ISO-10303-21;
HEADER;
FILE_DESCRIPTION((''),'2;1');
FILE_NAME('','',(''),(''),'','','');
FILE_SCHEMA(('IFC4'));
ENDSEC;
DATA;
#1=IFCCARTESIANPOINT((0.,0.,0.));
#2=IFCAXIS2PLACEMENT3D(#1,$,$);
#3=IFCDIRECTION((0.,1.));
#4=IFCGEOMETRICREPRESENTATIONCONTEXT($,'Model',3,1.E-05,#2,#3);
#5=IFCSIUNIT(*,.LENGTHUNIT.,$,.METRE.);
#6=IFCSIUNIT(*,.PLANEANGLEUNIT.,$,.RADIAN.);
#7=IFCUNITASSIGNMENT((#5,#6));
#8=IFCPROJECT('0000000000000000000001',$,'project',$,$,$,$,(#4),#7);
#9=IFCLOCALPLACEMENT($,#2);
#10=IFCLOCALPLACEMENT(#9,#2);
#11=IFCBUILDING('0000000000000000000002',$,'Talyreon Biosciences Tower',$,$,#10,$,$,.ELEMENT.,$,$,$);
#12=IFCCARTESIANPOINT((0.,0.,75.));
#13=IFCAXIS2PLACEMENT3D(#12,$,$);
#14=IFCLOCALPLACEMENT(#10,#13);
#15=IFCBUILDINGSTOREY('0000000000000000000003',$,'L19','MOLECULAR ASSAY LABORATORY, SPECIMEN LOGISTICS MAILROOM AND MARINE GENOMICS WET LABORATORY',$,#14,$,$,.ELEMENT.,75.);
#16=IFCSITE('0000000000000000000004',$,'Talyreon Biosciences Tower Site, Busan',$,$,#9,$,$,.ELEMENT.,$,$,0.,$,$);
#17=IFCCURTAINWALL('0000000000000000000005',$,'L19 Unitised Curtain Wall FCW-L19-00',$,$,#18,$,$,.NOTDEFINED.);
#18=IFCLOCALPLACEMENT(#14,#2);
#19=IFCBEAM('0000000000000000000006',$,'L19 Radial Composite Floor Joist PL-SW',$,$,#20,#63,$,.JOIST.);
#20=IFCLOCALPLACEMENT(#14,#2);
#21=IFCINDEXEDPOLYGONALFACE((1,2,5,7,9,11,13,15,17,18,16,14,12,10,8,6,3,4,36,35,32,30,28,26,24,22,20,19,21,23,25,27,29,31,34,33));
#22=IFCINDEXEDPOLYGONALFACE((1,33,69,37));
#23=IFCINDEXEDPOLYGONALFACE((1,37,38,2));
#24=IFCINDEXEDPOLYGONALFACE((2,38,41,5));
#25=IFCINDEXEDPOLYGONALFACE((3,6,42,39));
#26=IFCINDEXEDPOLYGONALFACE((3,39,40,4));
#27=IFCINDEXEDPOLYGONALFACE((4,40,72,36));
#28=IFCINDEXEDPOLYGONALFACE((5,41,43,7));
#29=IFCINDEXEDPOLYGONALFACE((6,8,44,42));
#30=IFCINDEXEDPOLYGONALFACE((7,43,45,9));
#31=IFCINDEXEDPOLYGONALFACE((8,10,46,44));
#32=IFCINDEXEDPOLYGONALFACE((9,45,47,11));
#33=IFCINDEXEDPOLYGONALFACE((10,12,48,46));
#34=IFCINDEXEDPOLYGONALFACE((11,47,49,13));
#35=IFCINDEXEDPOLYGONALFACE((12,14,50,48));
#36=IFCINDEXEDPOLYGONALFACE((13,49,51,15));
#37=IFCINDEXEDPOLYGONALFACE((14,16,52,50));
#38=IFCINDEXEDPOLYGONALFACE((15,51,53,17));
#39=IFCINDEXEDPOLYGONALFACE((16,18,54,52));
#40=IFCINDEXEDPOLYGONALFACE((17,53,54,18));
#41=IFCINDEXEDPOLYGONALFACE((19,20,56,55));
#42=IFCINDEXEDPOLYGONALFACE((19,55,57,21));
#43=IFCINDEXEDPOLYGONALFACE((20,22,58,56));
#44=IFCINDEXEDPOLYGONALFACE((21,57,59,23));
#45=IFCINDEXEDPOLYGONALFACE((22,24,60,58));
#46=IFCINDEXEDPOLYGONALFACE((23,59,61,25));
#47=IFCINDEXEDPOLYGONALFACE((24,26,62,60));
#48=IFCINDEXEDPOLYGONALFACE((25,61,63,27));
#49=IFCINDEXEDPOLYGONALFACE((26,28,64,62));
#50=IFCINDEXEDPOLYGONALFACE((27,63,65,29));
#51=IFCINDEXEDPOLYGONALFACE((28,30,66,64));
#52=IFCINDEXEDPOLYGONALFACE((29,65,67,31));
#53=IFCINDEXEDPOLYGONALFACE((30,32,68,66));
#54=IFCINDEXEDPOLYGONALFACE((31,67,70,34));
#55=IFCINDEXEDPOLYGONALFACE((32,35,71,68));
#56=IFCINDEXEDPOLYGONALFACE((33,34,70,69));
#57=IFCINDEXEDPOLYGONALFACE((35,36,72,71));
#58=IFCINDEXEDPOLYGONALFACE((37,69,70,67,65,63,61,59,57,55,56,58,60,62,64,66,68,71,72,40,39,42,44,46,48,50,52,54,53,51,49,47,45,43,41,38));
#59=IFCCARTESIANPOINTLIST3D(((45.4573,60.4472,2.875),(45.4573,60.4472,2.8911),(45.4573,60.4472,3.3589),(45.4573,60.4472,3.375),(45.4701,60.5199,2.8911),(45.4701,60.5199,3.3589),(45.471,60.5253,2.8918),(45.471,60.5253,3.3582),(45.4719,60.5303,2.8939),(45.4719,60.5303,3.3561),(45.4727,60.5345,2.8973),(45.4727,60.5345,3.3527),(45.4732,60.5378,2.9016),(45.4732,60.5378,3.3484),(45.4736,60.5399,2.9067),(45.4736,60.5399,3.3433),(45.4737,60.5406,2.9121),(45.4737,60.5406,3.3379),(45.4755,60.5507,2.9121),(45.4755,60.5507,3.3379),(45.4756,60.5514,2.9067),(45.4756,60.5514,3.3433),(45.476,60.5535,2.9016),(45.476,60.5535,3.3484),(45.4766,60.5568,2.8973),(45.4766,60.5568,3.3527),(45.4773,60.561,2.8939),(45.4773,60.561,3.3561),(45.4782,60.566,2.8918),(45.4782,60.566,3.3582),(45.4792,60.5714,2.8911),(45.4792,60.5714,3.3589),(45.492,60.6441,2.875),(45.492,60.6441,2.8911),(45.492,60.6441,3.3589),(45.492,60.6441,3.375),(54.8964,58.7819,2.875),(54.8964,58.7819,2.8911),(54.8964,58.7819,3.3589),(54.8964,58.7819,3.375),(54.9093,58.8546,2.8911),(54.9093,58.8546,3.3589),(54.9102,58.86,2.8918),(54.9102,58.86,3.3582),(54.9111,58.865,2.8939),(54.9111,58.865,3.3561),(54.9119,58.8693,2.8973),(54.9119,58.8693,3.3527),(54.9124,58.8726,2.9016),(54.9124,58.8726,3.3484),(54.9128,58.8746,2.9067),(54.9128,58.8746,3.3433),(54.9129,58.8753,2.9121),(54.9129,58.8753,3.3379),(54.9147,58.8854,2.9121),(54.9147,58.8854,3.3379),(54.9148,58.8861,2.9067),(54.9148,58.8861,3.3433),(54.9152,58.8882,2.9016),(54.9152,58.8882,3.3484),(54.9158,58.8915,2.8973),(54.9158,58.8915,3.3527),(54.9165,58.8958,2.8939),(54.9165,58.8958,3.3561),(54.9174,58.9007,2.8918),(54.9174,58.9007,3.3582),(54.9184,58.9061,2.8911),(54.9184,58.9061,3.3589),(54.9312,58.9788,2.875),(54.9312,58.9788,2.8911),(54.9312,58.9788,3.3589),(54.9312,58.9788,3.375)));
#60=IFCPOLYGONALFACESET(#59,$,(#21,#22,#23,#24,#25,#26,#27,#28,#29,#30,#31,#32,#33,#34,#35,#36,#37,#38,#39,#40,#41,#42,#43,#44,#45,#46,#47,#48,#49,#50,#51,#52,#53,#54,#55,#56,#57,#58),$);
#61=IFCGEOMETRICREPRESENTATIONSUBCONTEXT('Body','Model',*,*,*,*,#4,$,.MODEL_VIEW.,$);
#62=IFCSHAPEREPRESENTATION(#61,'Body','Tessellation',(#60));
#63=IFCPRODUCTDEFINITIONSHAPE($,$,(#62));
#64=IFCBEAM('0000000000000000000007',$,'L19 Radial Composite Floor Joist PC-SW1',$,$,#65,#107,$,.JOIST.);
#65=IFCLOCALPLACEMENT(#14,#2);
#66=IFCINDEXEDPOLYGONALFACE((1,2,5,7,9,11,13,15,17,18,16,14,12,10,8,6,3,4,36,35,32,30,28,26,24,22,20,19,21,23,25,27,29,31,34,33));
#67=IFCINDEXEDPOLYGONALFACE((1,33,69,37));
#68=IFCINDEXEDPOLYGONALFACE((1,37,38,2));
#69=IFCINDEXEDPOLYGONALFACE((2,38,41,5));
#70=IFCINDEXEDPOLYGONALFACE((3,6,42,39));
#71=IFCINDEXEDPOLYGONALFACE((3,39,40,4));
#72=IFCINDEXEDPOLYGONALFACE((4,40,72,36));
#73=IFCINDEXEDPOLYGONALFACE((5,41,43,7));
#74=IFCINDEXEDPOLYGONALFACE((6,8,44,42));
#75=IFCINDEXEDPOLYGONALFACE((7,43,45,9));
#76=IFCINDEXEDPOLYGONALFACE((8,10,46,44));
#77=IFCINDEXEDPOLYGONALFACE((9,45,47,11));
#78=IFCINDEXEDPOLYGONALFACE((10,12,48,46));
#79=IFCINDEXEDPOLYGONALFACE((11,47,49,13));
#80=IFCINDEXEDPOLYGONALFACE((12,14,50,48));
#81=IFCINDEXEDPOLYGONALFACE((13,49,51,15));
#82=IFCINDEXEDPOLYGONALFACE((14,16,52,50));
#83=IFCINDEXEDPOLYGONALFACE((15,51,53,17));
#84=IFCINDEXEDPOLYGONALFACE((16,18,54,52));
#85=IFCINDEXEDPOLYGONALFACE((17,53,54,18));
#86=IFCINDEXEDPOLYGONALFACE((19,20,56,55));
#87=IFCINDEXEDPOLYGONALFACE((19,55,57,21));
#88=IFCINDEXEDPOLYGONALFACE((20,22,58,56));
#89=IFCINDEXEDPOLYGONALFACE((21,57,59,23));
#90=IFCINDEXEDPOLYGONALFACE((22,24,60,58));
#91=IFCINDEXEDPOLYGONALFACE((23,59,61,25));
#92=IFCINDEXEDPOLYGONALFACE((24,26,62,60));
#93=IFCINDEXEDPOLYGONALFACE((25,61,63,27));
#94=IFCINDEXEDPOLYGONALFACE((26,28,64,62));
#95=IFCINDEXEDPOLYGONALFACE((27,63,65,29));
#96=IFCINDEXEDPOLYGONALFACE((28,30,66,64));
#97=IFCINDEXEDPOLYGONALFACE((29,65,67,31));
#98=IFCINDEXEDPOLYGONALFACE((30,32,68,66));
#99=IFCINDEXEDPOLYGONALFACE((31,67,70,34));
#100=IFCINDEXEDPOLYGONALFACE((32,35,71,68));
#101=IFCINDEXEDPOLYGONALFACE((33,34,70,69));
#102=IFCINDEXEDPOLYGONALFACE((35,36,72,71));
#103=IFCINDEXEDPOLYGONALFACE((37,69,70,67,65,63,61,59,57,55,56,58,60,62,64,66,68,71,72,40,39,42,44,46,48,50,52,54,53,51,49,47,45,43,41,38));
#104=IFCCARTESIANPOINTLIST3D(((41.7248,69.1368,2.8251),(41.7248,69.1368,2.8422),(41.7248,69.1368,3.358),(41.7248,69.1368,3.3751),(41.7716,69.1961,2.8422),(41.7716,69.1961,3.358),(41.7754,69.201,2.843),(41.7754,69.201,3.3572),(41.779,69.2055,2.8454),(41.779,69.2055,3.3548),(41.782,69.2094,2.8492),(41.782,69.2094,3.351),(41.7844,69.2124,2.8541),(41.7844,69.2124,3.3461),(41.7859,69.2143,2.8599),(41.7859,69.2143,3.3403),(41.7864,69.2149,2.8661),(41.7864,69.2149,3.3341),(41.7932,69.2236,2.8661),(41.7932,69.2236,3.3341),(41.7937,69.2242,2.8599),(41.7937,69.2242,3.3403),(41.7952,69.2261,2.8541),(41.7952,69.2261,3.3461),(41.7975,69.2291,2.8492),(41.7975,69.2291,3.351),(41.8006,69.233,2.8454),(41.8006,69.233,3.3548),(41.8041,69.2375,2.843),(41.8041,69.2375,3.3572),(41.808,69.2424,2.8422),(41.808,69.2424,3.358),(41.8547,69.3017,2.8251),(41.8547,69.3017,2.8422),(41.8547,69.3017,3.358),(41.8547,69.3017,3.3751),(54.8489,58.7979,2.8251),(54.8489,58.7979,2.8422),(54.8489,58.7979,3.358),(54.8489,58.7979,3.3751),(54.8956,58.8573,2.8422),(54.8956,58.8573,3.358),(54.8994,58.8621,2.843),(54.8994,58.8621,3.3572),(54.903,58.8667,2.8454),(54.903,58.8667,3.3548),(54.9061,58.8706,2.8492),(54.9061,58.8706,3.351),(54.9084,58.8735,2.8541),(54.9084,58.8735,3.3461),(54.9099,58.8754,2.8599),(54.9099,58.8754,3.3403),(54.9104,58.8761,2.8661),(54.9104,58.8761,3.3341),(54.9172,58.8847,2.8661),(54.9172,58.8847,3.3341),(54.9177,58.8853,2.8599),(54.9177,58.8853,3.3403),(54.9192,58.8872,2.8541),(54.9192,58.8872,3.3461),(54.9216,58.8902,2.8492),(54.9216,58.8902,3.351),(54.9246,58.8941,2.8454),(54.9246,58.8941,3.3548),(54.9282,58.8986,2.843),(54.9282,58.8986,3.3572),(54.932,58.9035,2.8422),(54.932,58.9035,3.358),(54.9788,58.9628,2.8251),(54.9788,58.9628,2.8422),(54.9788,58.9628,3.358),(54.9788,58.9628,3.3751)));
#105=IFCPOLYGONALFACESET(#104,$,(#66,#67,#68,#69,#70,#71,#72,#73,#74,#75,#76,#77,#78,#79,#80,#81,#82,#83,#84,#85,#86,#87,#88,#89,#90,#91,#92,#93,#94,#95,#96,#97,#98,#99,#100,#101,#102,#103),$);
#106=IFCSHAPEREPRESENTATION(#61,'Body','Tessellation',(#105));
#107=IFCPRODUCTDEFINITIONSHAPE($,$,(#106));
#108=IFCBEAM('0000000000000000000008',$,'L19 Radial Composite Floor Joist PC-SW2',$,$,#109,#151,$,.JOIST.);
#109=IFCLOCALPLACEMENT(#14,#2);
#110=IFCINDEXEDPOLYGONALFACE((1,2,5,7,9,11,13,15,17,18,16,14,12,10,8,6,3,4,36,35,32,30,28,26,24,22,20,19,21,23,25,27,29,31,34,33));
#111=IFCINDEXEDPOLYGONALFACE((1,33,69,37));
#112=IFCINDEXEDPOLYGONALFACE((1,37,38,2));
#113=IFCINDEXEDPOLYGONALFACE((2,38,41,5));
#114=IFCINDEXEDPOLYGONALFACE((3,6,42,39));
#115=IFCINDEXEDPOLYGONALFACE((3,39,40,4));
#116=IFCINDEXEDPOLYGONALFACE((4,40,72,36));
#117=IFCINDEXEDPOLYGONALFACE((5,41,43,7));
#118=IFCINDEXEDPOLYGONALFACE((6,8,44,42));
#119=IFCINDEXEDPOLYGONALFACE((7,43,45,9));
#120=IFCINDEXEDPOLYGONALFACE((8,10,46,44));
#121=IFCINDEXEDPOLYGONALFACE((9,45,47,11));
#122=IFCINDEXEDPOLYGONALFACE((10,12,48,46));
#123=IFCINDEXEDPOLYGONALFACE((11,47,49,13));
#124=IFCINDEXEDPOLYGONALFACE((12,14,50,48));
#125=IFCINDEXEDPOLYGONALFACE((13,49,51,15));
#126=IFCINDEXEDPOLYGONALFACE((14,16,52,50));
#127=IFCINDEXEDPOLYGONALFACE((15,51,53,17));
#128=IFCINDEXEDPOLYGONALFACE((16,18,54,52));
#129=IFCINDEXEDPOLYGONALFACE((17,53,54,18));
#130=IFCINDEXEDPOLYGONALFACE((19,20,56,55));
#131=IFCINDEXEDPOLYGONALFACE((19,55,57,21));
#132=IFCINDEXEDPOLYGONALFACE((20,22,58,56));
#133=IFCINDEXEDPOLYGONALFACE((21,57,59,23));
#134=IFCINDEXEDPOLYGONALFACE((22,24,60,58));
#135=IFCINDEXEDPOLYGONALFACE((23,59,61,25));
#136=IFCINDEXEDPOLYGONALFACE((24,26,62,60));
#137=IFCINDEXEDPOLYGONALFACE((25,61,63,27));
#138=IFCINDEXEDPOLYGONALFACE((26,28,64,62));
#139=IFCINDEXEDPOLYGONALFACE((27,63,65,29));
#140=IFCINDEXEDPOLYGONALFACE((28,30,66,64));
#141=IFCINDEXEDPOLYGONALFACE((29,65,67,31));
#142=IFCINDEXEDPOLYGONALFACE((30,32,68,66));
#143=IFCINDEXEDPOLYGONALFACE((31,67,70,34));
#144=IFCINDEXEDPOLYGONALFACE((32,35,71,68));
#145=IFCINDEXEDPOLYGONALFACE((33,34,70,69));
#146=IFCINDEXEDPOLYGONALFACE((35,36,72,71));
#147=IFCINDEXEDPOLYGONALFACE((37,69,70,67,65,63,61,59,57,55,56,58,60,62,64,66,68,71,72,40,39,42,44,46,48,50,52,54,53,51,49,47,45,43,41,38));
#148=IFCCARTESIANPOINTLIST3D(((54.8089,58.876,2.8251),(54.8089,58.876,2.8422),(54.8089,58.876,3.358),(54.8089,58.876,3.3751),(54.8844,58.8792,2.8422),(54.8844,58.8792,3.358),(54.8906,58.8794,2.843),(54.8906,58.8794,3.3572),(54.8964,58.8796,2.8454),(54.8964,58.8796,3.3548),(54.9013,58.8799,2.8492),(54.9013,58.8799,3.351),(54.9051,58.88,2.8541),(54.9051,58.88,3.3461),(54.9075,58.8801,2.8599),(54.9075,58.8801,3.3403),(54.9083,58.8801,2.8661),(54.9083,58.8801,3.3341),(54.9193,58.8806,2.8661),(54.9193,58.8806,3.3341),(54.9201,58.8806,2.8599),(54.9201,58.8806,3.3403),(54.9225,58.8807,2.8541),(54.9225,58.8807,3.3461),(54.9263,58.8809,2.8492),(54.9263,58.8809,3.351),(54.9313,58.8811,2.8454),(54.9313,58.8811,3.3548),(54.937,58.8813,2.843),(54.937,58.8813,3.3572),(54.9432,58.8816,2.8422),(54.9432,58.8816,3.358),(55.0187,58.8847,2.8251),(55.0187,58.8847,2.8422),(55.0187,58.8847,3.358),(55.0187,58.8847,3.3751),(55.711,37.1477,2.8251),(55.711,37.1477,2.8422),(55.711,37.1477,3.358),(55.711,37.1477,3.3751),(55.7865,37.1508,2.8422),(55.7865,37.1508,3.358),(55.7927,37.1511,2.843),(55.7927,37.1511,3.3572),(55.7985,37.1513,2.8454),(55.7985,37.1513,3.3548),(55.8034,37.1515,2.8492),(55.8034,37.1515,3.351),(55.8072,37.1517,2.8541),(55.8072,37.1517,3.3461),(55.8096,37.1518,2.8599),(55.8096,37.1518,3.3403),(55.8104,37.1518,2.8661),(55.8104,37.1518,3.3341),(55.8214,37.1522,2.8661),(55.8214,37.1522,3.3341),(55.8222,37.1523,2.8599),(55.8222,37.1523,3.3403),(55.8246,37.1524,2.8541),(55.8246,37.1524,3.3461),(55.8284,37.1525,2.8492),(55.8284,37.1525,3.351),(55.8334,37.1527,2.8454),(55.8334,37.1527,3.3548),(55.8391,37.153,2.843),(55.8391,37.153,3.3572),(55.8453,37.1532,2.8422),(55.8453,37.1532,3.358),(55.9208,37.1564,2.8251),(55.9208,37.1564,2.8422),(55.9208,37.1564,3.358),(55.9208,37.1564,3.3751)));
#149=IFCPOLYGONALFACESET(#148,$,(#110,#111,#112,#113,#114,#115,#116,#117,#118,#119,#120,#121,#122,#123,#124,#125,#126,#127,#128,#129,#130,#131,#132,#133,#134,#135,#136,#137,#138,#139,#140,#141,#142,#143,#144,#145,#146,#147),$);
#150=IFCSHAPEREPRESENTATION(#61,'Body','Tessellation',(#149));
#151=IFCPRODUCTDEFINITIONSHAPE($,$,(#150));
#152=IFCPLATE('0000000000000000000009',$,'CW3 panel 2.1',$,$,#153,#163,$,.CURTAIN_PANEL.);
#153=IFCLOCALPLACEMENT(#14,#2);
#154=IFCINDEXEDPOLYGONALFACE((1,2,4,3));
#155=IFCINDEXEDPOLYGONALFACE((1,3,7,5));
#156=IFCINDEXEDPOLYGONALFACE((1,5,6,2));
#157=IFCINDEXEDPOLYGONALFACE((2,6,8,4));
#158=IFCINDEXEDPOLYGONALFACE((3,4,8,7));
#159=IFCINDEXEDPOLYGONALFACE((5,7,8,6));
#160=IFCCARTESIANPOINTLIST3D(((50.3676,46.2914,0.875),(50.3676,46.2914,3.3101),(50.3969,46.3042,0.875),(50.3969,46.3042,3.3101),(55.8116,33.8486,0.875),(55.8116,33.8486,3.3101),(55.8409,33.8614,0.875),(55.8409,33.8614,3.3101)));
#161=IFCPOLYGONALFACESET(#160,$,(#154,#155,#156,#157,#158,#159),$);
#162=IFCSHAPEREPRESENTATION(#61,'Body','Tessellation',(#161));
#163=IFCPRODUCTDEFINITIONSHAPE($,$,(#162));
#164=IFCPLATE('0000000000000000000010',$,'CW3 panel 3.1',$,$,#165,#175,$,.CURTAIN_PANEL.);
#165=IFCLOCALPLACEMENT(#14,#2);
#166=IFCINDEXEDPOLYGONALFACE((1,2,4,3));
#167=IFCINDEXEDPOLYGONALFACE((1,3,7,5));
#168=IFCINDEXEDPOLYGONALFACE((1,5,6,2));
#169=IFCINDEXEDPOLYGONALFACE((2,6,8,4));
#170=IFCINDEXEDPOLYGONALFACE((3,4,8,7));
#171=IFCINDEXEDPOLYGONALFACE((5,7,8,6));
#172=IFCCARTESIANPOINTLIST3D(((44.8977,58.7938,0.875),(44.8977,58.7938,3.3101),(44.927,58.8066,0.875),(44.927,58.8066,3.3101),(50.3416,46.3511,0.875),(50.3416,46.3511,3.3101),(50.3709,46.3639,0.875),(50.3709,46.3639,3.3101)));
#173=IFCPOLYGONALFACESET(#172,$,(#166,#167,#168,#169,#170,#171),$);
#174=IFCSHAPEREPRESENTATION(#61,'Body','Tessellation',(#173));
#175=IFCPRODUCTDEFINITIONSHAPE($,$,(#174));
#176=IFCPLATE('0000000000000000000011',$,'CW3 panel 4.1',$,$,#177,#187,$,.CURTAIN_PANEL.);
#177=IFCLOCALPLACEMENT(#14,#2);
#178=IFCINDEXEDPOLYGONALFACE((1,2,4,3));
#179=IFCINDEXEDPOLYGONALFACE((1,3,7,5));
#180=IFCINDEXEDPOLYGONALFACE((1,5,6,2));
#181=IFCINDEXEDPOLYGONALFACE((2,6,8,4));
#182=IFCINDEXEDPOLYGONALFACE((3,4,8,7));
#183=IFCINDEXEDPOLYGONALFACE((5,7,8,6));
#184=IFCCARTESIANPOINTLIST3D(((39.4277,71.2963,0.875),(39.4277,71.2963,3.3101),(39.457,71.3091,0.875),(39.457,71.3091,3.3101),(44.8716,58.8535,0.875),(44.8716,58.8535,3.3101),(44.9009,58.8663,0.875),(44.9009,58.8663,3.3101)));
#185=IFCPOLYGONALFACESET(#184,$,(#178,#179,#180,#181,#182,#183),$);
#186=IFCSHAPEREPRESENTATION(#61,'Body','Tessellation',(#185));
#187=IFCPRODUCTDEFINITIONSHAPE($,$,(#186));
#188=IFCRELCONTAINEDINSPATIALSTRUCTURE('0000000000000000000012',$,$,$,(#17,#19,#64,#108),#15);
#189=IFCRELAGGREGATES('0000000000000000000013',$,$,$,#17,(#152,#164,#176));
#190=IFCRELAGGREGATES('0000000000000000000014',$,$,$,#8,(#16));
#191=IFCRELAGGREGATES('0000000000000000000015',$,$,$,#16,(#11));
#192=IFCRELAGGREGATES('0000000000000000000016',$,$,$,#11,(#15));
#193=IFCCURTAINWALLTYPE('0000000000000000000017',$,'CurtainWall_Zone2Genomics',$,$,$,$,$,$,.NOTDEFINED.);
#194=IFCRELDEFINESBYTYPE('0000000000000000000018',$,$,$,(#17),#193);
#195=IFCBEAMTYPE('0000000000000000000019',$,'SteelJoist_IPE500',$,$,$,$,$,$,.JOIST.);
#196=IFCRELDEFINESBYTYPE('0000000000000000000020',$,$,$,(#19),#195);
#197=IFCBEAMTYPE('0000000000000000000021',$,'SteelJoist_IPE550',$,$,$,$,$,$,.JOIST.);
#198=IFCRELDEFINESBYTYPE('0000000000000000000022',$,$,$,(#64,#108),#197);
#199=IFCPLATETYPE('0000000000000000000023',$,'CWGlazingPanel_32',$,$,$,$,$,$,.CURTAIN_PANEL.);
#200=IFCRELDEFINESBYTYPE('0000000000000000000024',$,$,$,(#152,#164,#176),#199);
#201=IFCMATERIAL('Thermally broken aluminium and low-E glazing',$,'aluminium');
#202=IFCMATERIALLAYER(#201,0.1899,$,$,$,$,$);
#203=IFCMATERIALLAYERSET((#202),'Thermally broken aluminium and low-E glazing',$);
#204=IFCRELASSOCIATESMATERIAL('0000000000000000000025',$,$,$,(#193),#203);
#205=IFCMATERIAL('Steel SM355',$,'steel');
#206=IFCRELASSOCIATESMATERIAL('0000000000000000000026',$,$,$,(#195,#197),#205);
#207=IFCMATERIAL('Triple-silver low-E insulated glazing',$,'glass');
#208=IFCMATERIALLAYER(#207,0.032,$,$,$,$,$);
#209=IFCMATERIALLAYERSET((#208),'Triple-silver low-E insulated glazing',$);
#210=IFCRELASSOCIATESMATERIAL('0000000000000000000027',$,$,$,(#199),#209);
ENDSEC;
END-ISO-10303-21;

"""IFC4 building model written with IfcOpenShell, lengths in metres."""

from ifc_helpers import new_model, si_unit, direction, frame, origin, origin_2d, place, context, subcontext, project, spatial, rectangle, i_section, extrude, material, layer, layer_set, material_profile, profile_set, type_object, element, aggregate, save


model = new_model("IFC4")

# Units and contexts
model_context = context("Model", 3, precision=1e-05, world=origin(), true_north=direction((0.0, 1.0)))
body_context = subcontext(model_context, "Body", "Model", "MODEL_VIEW")
ifc_project = project(units=[si_unit("LENGTHUNIT", "METRE"), si_unit("PLANEANGLEUNIT", "RADIAN")], contexts=[model_context])

# Site, building, storey
site_placement = place(None, origin())
site = spatial("IfcSite", under=ifc_project, at=site_placement, Name="Talyreon Biosciences Tower Site, Busan", CompositionType="ELEMENT", RefElevation=0.0)
building_placement = place(site_placement, origin())
building = spatial("IfcBuilding", under=site, at=building_placement, Name="Talyreon Biosciences Tower", CompositionType="ELEMENT")
storey_placement = place(building_placement, frame((0.0, 0.0, 75.0)))
storey = spatial("IfcBuildingStorey", under=building, at=storey_placement, Name="L19", Description="MOLECULAR ASSAY LABORATORY, SPECIMEN LOGISTICS MAILROOM AND MARINE GENOMICS WET LABORATORY", CompositionType="ELEMENT", Elevation=75.0)

# Curtain wall
ifc_material_1 = material(Name="Thermally broken aluminium and low-E glazing", Category="aluminium")
ifc_layer_1 = layer(ifc_material_1, 0.1899)
ifc_layer_set_1 = layer_set([ifc_layer_1], Name="Thermally broken aluminium and low-E glazing")
curtain_wall_type = type_object("IfcCurtainWallType", Name="CurtainWall_Zone2Genomics", PredefinedType="NOTDEFINED", material=ifc_layer_set_1)
curtain_wall_placement = place(storey_placement, origin())
curtain_wall = element("IfcCurtainWall", 1, at=curtain_wall_placement, inside=storey, type_object=curtain_wall_type, Name="L19 Unitised Curtain Wall FCW-L19-00", PredefinedType="NOTDEFINED")

# Beams
ifc_material_2 = material(Name="Steel SM355", Category="steel")
ifc_material_profile_1 = material_profile(ifc_material_2, i_section(OverallWidth=0.2, OverallDepth=0.5, WebThickness=0.0103, FlangeThickness=0.0161, FilletRadius=0.021, at=origin_2d()), Name="IPE500")
ifc_profile_set_1 = profile_set([ifc_material_profile_1], Name="Steel SM355")
beam_type_1 = type_object("IfcBeamType", Name="SteelJoist_IPE500", PredefinedType="JOIST", material=ifc_profile_set_1)
beam_1_placement = place(storey_placement, frame((54.9138, 58.8804, 3.125), z_axis=(-0.984792, 0.173739, 0.0), x_axis=(-0.173739, -0.984792, 0.0)))
element("IfcBeam", 2, at=beam_1_placement, inside=storey, type_object=beam_type_1, Name="L19 Radial Composite Floor Joist PL-SW", PredefinedType="JOIST", context=body_context, shape_type="SweptSolid", body=[
    extrude(i_section(OverallWidth=0.2, OverallDepth=0.5, WebThickness=0.0103, FlangeThickness=0.0161, FilletRadius=0.021, at=origin_2d()), origin(), (0.0, 0.0, 1.0), 9.585),
])
ifc_material_profile_2 = material_profile(ifc_material_2, i_section(OverallWidth=0.21, OverallDepth=0.55, WebThickness=0.011, FlangeThickness=0.0171, FilletRadius=0.0239, at=origin_2d()), Name="IPE550")
ifc_profile_set_2 = profile_set([ifc_material_profile_2], Name="Steel SM355")
beam_type_2 = type_object("IfcBeamType", Name="SteelJoist_IPE550", PredefinedType="JOIST", material=ifc_profile_set_2)
beam_2_placement = place(storey_placement, frame((54.9138, 58.8804, 3.1001), z_axis=(-0.785529, 0.618825, 0.0), x_axis=(-0.618825, -0.785529, 0.0)))
element("IfcBeam", 3, at=beam_2_placement, inside=storey, type_object=beam_type_2, Name="L19 Radial Composite Floor Joist PC-SW1", PredefinedType="JOIST", context=body_context, shape_type="SweptSolid", body=[
    extrude(i_section(OverallWidth=0.21, OverallDepth=0.55, WebThickness=0.011, FlangeThickness=0.0171, FilletRadius=0.0239, at=origin_2d()), origin(), (0.0, 0.0, 1.0), 16.7073),
])
beam_3_placement = place(storey_placement, frame((54.9138, 58.8804, 3.1001), z_axis=(0.041482, -0.999139, 0.0), x_axis=(0.999139, 0.041482, 0.0)))
element("IfcBeam", 4, at=beam_3_placement, inside=storey, type_object=beam_type_2, Name="L19 Radial Composite Floor Joist PC-SW2", PredefinedType="JOIST", context=body_context, shape_type="SweptSolid", body=[
    extrude(i_section(OverallWidth=0.21, OverallDepth=0.55, WebThickness=0.011, FlangeThickness=0.0171, FilletRadius=0.0239, at=origin_2d()), origin(), (0.0, 0.0, 1.0), 21.7471),
])

# Plates
ifc_material_3 = material(Name="Triple-silver low-E insulated glazing", Category="glass")
ifc_layer_2 = layer(ifc_material_3, 0.032)
ifc_layer_set_2 = layer_set([ifc_layer_2], Name="Triple-silver low-E insulated glazing")
plate_type_1 = type_object("IfcPlateType", Name="CWGlazingPanel_32", PredefinedType="CURTAIN_PANEL", material=ifc_layer_set_2)
plate_1_placement = place(storey_placement, frame((53.1042, 40.0764, 0.875), z_axis=(0.0, 0.0, 1.0), x_axis=(-0.400831, 0.916152, 0.0)))
plate_1 = element("IfcPlate", 5, at=plate_1_placement, type_object=plate_type_1, Name="CW3 panel 2.1", PredefinedType="CURTAIN_PANEL", context=body_context, shape_type="SweptSolid", body=[
    extrude(rectangle(XDim=13.5815, YDim=0.032, at=origin_2d()), origin(), (0.0, 0.0, 1.0), 2.4351),
])
plate_2_placement = place(storey_placement, frame((47.6343, 52.5789, 0.875), z_axis=(0.0, 0.0, 1.0), x_axis=(-0.400831, 0.916152, 0.0)))
plate_2 = element("IfcPlate", 6, at=plate_2_placement, type_object=plate_type_1, Name="CW3 panel 3.1", PredefinedType="CURTAIN_PANEL", context=body_context, shape_type="SweptSolid", body=[
    extrude(rectangle(XDim=13.5815, YDim=0.032, at=origin_2d()), origin(), (0.0, 0.0, 1.0), 2.4351),
])
plate_3_placement = place(storey_placement, frame((42.1643, 65.0813, 0.875), z_axis=(0.0, 0.0, 1.0), x_axis=(-0.400831, 0.916152, 0.0)))
plate_3 = element("IfcPlate", 7, at=plate_3_placement, type_object=plate_type_1, Name="CW3 panel 4.1", PredefinedType="CURTAIN_PANEL", context=body_context, shape_type="SweptSolid", body=[
    extrude(rectangle(XDim=13.5815, YDim=0.032, at=origin_2d()), origin(), (0.0, 0.0, 1.0), 2.4351),
])
aggregate(curtain_wall, [plate_1, plate_2, plate_3])

save(model, "model.ifc")
